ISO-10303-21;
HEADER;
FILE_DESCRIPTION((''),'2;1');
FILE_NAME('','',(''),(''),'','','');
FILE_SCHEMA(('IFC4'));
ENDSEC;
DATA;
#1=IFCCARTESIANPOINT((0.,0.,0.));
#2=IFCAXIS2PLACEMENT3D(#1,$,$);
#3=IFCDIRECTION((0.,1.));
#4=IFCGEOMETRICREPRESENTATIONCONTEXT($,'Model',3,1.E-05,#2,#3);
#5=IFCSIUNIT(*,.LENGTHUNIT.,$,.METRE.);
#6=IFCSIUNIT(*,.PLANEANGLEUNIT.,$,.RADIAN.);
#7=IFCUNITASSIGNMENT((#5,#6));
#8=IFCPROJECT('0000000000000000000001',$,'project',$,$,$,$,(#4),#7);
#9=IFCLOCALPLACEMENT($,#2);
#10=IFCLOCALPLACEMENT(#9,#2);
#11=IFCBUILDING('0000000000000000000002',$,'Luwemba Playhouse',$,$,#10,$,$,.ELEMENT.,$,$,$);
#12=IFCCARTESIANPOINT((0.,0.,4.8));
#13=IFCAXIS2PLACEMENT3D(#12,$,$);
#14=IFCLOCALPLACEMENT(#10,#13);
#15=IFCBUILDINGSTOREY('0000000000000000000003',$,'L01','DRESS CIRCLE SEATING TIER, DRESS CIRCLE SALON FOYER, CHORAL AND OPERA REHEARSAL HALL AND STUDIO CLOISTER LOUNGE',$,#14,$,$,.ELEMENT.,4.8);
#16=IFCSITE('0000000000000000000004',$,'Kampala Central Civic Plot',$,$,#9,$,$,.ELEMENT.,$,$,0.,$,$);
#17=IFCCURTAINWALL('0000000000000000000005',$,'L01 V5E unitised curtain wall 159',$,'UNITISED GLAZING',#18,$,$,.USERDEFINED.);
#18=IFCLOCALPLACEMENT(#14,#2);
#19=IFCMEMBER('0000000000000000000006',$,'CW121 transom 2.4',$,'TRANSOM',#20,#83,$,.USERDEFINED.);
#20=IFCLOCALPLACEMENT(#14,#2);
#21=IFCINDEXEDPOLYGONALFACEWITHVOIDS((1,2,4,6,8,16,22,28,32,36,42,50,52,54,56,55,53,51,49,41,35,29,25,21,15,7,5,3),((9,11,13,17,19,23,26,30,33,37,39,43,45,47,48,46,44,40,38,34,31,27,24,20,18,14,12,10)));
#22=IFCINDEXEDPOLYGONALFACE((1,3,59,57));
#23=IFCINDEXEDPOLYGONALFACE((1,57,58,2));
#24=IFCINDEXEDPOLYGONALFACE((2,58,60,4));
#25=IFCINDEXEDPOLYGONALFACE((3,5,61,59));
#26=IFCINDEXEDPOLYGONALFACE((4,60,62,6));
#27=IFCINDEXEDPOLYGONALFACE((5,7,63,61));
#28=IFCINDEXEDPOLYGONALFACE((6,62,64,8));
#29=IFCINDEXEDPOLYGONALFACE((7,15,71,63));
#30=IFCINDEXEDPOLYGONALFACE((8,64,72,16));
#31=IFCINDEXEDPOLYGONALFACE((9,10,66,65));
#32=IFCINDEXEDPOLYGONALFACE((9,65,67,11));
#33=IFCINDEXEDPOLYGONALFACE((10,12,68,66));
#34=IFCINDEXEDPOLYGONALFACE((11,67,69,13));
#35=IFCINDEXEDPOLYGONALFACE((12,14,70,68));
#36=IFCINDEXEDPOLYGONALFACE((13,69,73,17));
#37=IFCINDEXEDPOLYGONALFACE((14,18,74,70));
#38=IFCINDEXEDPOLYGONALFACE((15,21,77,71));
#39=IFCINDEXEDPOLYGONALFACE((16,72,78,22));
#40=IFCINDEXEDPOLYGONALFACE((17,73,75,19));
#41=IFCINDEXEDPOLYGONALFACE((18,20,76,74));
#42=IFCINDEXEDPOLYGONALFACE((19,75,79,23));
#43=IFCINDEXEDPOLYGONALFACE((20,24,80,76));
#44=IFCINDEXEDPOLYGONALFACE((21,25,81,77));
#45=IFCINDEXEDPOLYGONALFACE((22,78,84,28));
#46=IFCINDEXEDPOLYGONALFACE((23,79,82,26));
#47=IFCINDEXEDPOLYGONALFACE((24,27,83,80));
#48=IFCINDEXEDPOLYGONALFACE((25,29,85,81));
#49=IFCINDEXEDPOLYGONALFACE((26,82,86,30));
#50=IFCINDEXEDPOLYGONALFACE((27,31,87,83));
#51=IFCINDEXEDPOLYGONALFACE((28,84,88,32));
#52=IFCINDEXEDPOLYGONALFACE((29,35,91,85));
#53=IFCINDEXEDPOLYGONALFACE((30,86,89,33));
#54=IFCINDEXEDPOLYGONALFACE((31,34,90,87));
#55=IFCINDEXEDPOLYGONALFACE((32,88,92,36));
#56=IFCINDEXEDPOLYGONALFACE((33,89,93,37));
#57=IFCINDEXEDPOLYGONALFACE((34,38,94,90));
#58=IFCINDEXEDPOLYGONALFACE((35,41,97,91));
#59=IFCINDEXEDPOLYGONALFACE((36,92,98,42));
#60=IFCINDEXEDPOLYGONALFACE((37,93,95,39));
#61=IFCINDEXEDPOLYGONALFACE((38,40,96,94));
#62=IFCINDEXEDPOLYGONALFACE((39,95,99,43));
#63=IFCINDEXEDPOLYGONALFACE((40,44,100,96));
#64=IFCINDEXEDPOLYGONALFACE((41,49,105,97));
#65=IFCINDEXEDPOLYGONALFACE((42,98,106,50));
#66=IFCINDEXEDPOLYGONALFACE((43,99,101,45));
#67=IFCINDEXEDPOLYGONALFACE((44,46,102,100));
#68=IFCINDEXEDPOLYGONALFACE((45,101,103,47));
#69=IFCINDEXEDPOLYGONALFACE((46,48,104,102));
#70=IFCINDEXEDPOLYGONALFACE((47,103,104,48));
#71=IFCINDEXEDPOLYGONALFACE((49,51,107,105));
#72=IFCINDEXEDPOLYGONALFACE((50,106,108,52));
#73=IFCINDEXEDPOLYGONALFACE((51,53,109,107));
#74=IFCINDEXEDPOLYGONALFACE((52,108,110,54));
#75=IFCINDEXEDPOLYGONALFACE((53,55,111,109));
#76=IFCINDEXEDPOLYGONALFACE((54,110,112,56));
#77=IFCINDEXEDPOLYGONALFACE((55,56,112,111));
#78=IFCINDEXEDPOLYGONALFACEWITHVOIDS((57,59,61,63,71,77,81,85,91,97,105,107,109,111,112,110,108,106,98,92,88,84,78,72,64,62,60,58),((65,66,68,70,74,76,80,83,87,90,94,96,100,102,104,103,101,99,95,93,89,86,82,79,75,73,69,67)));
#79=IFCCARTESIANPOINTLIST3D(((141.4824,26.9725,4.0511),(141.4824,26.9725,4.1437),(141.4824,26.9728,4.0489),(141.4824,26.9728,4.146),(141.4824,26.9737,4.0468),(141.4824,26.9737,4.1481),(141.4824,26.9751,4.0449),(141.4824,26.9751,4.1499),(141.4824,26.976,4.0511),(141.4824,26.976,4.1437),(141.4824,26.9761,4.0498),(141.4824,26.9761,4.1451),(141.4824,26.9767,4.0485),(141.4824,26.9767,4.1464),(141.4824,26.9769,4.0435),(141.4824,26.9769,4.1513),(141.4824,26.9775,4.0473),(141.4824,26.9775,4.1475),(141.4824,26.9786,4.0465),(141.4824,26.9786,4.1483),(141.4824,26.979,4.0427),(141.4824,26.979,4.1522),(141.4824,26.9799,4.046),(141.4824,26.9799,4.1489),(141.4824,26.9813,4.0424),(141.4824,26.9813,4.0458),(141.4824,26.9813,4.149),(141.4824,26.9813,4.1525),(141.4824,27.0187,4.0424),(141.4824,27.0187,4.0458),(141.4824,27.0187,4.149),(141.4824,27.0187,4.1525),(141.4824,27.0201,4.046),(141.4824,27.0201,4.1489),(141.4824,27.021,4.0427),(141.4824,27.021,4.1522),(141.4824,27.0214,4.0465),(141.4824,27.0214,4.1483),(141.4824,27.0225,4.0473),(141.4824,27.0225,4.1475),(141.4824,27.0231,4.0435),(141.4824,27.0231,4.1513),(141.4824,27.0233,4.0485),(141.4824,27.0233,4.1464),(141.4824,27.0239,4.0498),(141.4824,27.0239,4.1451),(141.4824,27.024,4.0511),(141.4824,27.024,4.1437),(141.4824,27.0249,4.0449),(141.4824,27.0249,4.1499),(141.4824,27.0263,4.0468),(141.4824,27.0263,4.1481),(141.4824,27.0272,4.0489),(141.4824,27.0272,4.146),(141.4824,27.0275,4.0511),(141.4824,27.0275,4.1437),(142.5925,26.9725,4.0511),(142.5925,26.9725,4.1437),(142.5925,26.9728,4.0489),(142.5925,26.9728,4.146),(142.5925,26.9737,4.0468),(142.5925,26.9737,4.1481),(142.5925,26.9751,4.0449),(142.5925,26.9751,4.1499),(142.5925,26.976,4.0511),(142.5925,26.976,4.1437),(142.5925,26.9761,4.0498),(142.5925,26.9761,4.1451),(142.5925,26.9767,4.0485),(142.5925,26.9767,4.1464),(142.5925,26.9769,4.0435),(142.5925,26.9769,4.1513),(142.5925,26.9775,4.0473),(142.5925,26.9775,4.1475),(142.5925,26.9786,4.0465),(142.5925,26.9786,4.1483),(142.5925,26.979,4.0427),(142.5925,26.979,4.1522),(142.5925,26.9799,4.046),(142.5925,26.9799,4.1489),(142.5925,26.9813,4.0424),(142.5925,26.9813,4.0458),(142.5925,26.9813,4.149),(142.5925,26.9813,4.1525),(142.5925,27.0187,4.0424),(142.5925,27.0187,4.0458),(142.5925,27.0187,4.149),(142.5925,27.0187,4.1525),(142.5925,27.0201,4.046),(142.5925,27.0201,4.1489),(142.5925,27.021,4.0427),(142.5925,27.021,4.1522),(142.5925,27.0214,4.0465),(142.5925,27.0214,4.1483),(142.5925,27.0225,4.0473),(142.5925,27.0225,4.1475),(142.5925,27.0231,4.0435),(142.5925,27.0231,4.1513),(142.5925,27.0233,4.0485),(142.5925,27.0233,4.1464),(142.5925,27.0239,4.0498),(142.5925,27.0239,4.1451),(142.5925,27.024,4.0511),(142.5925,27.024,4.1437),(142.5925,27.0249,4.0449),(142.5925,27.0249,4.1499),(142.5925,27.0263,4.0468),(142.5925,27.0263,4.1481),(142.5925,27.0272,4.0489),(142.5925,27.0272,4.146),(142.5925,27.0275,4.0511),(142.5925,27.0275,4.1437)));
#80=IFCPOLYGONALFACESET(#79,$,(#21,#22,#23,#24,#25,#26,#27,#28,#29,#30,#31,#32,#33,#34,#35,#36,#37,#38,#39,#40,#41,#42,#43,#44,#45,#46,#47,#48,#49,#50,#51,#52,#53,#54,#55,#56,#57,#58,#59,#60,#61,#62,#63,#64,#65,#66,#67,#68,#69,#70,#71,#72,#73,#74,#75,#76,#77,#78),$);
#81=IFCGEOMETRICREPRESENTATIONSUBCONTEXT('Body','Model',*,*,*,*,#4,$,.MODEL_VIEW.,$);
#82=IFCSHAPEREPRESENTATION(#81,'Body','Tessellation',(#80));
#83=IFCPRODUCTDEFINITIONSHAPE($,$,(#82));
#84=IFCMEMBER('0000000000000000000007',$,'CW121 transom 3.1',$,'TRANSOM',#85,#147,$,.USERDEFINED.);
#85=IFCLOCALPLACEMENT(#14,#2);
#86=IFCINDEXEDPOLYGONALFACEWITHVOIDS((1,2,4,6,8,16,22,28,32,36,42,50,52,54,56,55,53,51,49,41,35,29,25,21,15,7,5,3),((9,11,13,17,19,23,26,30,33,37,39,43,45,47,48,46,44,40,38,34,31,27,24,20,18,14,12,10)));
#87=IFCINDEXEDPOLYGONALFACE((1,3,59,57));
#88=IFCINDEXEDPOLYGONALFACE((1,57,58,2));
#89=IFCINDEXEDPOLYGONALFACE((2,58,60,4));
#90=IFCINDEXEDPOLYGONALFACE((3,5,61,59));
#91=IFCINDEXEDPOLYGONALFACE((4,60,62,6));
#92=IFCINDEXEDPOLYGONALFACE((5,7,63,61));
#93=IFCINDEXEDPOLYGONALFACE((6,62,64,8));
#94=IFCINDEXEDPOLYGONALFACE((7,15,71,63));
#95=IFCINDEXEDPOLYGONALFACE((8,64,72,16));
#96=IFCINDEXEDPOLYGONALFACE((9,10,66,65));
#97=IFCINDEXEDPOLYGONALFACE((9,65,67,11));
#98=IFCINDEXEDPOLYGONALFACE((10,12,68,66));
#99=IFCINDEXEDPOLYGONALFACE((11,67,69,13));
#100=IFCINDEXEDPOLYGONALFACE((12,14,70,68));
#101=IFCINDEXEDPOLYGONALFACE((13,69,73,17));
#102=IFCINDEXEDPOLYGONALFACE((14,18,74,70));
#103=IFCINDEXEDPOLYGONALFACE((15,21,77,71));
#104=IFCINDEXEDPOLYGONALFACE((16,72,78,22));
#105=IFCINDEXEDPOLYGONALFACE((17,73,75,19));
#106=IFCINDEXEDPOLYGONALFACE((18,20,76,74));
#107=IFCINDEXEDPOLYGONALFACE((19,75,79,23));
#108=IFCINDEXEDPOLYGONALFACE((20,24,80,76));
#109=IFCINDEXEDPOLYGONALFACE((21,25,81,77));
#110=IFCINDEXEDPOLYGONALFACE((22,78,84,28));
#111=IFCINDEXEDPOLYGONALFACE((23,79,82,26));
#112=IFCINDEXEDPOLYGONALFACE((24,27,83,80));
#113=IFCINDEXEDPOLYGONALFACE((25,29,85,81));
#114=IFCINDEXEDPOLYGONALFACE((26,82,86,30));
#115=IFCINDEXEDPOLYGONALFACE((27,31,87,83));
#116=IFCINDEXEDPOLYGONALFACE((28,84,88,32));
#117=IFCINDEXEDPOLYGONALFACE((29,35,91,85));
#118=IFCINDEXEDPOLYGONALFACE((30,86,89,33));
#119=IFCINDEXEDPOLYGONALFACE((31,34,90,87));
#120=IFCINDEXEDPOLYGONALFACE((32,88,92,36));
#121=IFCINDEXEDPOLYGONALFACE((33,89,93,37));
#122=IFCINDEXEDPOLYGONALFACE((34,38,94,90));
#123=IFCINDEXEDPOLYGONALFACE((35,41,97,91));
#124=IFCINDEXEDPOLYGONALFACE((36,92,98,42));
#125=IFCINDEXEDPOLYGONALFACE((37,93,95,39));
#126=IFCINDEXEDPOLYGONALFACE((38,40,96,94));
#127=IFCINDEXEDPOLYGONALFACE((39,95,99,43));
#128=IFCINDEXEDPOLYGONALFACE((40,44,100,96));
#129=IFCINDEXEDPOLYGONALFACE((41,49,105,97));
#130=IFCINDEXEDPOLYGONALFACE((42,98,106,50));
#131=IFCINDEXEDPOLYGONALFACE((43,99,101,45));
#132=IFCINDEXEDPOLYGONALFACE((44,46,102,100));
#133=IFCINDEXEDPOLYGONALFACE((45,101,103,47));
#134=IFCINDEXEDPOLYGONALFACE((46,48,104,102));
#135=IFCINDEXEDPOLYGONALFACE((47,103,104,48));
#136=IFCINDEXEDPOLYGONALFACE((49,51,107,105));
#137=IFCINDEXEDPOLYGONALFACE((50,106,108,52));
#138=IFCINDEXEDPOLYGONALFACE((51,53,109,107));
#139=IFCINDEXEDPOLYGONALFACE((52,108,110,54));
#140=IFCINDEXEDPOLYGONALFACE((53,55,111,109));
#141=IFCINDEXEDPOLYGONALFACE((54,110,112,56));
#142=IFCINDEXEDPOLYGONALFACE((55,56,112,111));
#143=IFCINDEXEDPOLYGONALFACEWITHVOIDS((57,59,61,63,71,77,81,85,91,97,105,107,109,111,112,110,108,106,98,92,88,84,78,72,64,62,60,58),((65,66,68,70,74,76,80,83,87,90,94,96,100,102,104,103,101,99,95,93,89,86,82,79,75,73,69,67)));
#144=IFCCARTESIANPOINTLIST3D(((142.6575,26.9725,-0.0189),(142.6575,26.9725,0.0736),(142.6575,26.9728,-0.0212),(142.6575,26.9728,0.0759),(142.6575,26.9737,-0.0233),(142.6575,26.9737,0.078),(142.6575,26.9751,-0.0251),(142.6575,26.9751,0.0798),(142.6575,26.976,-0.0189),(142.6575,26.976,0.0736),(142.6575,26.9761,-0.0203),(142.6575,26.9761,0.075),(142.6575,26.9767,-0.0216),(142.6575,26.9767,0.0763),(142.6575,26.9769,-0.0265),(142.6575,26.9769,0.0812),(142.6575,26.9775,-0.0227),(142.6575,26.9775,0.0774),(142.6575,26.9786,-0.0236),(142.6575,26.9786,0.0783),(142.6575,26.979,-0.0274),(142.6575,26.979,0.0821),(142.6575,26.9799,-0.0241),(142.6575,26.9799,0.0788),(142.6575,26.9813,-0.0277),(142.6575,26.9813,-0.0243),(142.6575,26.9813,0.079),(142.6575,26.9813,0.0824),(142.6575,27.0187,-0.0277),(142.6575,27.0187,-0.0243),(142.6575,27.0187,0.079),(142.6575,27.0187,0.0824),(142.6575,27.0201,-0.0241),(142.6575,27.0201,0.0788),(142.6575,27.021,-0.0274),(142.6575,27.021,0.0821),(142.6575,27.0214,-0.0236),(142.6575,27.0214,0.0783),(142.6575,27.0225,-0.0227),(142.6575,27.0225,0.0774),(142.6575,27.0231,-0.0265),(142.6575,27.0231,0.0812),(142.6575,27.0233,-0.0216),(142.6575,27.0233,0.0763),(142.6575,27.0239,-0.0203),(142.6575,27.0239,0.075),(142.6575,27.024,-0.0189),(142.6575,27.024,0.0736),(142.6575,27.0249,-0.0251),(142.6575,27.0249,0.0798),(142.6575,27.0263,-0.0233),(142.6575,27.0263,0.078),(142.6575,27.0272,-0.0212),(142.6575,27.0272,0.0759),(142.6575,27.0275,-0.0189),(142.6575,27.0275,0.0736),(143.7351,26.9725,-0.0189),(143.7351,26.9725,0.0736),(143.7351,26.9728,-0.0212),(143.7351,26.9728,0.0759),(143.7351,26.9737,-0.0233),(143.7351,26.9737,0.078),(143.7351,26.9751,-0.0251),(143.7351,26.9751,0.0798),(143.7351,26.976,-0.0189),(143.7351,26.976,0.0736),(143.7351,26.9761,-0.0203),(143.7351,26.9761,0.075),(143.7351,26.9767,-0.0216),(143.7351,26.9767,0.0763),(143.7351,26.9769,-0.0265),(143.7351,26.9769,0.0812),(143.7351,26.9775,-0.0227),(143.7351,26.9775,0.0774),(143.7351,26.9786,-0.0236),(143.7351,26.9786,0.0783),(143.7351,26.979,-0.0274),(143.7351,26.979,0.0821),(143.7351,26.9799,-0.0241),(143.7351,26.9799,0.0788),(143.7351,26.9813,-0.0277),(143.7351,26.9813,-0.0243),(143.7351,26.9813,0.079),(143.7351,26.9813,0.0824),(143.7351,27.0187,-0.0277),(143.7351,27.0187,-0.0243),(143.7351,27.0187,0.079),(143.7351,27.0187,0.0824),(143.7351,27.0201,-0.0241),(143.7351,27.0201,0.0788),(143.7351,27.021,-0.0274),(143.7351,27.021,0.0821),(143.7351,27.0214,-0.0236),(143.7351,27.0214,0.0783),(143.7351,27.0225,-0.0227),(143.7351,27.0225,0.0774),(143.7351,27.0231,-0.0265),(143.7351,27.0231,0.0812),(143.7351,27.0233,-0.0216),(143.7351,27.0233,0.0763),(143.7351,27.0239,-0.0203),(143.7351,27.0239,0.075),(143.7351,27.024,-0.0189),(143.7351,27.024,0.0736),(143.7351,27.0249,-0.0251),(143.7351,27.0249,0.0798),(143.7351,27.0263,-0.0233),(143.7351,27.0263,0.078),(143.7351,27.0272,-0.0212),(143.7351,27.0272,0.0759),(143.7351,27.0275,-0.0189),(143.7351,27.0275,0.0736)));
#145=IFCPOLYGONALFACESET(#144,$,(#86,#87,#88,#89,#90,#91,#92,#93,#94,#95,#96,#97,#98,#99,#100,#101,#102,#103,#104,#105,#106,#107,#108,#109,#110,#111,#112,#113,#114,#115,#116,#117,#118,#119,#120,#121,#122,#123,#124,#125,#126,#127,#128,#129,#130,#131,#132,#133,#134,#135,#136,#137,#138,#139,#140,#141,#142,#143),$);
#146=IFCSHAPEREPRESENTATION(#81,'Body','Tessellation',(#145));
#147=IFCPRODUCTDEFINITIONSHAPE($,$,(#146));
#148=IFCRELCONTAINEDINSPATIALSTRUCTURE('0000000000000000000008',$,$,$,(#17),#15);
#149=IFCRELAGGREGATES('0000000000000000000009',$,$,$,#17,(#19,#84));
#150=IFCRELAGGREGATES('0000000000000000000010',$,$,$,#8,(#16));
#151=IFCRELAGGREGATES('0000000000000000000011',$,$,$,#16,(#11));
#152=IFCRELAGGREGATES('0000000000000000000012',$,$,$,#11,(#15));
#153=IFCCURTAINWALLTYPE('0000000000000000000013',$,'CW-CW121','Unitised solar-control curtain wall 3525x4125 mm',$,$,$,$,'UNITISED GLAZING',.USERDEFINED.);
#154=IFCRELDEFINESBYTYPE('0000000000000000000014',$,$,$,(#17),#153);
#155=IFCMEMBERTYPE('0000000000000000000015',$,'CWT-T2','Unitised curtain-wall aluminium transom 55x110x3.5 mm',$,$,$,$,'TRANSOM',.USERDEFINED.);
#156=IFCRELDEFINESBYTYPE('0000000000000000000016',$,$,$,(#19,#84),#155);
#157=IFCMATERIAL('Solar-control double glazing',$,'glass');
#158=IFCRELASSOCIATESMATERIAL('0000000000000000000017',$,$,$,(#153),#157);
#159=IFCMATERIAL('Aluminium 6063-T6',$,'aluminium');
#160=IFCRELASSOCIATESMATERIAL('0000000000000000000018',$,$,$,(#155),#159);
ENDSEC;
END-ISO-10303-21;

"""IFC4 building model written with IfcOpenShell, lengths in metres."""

from ifc_helpers import new_model, si_unit, direction, frame, origin, origin_2d, place, context, subcontext, project, spatial, hollow_rectangle, extrude, material, material_profile, profile_set, type_object, element, aggregate, save


model = new_model("IFC4")

# Units and contexts
model_context = context("Model", 3, precision=1e-05, world=origin(), true_north=direction((0.0, 1.0)))
body_context = subcontext(model_context, "Body", "Model", "MODEL_VIEW")
ifc_project = project(units=[si_unit("LENGTHUNIT", "METRE"), si_unit("PLANEANGLEUNIT", "RADIAN")], contexts=[model_context])

# Site, building, storey
site_placement = place(None, origin())
site = spatial("IfcSite", under=ifc_project, at=site_placement, Name="Kampala Central Civic Plot", CompositionType="ELEMENT", RefElevation=0.0)
building_placement = place(site_placement, origin())
building = spatial("IfcBuilding", under=site, at=building_placement, Name="Luwemba Playhouse", CompositionType="ELEMENT")
storey_placement = place(building_placement, frame((0.0, 0.0, 4.8)))
storey = spatial("IfcBuildingStorey", under=building, at=storey_placement, Name="L01", Description="DRESS CIRCLE SEATING TIER, DRESS CIRCLE SALON FOYER, CHORAL AND OPERA REHEARSAL HALL AND STUDIO CLOISTER LOUNGE", CompositionType="ELEMENT", Elevation=4.8)

# Curtain wall
ifc_material_1 = material(Name="Solar-control double glazing", Category="glass")
curtain_wall_type_1 = type_object("IfcCurtainWallType", Name="CW-CW121", Description="Unitised solar-control curtain wall 3525x4125 mm", ElementType="UNITISED GLAZING", PredefinedType="USERDEFINED", material=ifc_material_1)
curtain_wall_1_placement = place(storey_placement, origin())
curtain_wall_1 = element("IfcCurtainWall", 1, at=curtain_wall_1_placement, inside=storey, type_object=curtain_wall_type_1, Name="L01 V5E unitised curtain wall 159", ObjectType="UNITISED GLAZING", PredefinedType="USERDEFINED")
ifc_material_2 = material(Name="Aluminium 6063-T6", Category="aluminium")

# Members
ifc_material_profile_1 = material_profile(ifc_material_2, hollow_rectangle(XDim=0.0549, YDim=0.1101, WallThickness=0.0034, InnerFilletRadius=0.0054, OuterFilletRadius=0.0088, at=origin_2d()))
ifc_profile_set_1 = profile_set([ifc_material_profile_1], Name="Aluminium 6063-T6")
member_type_1 = type_object("IfcMemberType", Name="CWT-T2", Description="Unitised curtain-wall aluminium transom 55x110x3.5 mm", ElementType="TRANSOM", PredefinedType="USERDEFINED", material=ifc_profile_set_1)
member_1_placement = place(storey_placement, frame((141.4824, 27.0, 4.0974), z_axis=(1.0, 0.0, 0.0), x_axis=(0.0, 1.0, 0.0)))
member_1 = element("IfcMember", 2, at=member_1_placement, type_object=member_type_1, Name="CW121 transom 2.4", ObjectType="TRANSOM", PredefinedType="USERDEFINED", context=body_context, shape_type="SweptSolid", body=[
    extrude(hollow_rectangle(XDim=0.0549, YDim=0.1101, WallThickness=0.0034, InnerFilletRadius=0.0054, OuterFilletRadius=0.0088, at=origin_2d()), origin(), (0.0, 0.0, 1.0), 1.1101),
])
member_2_placement = place(storey_placement, frame((142.6575, 27.0, 0.0273), z_axis=(1.0, 0.0, 0.0), x_axis=(0.0, 1.0, 0.0)))
member_2 = element("IfcMember", 3, at=member_2_placement, type_object=member_type_1, Name="CW121 transom 3.1", ObjectType="TRANSOM", PredefinedType="USERDEFINED", context=body_context, shape_type="SweptSolid", body=[
    extrude(hollow_rectangle(XDim=0.0549, YDim=0.1101, WallThickness=0.0034, InnerFilletRadius=0.0054, OuterFilletRadius=0.0088, at=origin_2d()), origin(), (0.0, 0.0, 1.0), 1.0776),
])

aggregate(curtain_wall_1, [member_1, member_2])

save(model, "model.ifc")
